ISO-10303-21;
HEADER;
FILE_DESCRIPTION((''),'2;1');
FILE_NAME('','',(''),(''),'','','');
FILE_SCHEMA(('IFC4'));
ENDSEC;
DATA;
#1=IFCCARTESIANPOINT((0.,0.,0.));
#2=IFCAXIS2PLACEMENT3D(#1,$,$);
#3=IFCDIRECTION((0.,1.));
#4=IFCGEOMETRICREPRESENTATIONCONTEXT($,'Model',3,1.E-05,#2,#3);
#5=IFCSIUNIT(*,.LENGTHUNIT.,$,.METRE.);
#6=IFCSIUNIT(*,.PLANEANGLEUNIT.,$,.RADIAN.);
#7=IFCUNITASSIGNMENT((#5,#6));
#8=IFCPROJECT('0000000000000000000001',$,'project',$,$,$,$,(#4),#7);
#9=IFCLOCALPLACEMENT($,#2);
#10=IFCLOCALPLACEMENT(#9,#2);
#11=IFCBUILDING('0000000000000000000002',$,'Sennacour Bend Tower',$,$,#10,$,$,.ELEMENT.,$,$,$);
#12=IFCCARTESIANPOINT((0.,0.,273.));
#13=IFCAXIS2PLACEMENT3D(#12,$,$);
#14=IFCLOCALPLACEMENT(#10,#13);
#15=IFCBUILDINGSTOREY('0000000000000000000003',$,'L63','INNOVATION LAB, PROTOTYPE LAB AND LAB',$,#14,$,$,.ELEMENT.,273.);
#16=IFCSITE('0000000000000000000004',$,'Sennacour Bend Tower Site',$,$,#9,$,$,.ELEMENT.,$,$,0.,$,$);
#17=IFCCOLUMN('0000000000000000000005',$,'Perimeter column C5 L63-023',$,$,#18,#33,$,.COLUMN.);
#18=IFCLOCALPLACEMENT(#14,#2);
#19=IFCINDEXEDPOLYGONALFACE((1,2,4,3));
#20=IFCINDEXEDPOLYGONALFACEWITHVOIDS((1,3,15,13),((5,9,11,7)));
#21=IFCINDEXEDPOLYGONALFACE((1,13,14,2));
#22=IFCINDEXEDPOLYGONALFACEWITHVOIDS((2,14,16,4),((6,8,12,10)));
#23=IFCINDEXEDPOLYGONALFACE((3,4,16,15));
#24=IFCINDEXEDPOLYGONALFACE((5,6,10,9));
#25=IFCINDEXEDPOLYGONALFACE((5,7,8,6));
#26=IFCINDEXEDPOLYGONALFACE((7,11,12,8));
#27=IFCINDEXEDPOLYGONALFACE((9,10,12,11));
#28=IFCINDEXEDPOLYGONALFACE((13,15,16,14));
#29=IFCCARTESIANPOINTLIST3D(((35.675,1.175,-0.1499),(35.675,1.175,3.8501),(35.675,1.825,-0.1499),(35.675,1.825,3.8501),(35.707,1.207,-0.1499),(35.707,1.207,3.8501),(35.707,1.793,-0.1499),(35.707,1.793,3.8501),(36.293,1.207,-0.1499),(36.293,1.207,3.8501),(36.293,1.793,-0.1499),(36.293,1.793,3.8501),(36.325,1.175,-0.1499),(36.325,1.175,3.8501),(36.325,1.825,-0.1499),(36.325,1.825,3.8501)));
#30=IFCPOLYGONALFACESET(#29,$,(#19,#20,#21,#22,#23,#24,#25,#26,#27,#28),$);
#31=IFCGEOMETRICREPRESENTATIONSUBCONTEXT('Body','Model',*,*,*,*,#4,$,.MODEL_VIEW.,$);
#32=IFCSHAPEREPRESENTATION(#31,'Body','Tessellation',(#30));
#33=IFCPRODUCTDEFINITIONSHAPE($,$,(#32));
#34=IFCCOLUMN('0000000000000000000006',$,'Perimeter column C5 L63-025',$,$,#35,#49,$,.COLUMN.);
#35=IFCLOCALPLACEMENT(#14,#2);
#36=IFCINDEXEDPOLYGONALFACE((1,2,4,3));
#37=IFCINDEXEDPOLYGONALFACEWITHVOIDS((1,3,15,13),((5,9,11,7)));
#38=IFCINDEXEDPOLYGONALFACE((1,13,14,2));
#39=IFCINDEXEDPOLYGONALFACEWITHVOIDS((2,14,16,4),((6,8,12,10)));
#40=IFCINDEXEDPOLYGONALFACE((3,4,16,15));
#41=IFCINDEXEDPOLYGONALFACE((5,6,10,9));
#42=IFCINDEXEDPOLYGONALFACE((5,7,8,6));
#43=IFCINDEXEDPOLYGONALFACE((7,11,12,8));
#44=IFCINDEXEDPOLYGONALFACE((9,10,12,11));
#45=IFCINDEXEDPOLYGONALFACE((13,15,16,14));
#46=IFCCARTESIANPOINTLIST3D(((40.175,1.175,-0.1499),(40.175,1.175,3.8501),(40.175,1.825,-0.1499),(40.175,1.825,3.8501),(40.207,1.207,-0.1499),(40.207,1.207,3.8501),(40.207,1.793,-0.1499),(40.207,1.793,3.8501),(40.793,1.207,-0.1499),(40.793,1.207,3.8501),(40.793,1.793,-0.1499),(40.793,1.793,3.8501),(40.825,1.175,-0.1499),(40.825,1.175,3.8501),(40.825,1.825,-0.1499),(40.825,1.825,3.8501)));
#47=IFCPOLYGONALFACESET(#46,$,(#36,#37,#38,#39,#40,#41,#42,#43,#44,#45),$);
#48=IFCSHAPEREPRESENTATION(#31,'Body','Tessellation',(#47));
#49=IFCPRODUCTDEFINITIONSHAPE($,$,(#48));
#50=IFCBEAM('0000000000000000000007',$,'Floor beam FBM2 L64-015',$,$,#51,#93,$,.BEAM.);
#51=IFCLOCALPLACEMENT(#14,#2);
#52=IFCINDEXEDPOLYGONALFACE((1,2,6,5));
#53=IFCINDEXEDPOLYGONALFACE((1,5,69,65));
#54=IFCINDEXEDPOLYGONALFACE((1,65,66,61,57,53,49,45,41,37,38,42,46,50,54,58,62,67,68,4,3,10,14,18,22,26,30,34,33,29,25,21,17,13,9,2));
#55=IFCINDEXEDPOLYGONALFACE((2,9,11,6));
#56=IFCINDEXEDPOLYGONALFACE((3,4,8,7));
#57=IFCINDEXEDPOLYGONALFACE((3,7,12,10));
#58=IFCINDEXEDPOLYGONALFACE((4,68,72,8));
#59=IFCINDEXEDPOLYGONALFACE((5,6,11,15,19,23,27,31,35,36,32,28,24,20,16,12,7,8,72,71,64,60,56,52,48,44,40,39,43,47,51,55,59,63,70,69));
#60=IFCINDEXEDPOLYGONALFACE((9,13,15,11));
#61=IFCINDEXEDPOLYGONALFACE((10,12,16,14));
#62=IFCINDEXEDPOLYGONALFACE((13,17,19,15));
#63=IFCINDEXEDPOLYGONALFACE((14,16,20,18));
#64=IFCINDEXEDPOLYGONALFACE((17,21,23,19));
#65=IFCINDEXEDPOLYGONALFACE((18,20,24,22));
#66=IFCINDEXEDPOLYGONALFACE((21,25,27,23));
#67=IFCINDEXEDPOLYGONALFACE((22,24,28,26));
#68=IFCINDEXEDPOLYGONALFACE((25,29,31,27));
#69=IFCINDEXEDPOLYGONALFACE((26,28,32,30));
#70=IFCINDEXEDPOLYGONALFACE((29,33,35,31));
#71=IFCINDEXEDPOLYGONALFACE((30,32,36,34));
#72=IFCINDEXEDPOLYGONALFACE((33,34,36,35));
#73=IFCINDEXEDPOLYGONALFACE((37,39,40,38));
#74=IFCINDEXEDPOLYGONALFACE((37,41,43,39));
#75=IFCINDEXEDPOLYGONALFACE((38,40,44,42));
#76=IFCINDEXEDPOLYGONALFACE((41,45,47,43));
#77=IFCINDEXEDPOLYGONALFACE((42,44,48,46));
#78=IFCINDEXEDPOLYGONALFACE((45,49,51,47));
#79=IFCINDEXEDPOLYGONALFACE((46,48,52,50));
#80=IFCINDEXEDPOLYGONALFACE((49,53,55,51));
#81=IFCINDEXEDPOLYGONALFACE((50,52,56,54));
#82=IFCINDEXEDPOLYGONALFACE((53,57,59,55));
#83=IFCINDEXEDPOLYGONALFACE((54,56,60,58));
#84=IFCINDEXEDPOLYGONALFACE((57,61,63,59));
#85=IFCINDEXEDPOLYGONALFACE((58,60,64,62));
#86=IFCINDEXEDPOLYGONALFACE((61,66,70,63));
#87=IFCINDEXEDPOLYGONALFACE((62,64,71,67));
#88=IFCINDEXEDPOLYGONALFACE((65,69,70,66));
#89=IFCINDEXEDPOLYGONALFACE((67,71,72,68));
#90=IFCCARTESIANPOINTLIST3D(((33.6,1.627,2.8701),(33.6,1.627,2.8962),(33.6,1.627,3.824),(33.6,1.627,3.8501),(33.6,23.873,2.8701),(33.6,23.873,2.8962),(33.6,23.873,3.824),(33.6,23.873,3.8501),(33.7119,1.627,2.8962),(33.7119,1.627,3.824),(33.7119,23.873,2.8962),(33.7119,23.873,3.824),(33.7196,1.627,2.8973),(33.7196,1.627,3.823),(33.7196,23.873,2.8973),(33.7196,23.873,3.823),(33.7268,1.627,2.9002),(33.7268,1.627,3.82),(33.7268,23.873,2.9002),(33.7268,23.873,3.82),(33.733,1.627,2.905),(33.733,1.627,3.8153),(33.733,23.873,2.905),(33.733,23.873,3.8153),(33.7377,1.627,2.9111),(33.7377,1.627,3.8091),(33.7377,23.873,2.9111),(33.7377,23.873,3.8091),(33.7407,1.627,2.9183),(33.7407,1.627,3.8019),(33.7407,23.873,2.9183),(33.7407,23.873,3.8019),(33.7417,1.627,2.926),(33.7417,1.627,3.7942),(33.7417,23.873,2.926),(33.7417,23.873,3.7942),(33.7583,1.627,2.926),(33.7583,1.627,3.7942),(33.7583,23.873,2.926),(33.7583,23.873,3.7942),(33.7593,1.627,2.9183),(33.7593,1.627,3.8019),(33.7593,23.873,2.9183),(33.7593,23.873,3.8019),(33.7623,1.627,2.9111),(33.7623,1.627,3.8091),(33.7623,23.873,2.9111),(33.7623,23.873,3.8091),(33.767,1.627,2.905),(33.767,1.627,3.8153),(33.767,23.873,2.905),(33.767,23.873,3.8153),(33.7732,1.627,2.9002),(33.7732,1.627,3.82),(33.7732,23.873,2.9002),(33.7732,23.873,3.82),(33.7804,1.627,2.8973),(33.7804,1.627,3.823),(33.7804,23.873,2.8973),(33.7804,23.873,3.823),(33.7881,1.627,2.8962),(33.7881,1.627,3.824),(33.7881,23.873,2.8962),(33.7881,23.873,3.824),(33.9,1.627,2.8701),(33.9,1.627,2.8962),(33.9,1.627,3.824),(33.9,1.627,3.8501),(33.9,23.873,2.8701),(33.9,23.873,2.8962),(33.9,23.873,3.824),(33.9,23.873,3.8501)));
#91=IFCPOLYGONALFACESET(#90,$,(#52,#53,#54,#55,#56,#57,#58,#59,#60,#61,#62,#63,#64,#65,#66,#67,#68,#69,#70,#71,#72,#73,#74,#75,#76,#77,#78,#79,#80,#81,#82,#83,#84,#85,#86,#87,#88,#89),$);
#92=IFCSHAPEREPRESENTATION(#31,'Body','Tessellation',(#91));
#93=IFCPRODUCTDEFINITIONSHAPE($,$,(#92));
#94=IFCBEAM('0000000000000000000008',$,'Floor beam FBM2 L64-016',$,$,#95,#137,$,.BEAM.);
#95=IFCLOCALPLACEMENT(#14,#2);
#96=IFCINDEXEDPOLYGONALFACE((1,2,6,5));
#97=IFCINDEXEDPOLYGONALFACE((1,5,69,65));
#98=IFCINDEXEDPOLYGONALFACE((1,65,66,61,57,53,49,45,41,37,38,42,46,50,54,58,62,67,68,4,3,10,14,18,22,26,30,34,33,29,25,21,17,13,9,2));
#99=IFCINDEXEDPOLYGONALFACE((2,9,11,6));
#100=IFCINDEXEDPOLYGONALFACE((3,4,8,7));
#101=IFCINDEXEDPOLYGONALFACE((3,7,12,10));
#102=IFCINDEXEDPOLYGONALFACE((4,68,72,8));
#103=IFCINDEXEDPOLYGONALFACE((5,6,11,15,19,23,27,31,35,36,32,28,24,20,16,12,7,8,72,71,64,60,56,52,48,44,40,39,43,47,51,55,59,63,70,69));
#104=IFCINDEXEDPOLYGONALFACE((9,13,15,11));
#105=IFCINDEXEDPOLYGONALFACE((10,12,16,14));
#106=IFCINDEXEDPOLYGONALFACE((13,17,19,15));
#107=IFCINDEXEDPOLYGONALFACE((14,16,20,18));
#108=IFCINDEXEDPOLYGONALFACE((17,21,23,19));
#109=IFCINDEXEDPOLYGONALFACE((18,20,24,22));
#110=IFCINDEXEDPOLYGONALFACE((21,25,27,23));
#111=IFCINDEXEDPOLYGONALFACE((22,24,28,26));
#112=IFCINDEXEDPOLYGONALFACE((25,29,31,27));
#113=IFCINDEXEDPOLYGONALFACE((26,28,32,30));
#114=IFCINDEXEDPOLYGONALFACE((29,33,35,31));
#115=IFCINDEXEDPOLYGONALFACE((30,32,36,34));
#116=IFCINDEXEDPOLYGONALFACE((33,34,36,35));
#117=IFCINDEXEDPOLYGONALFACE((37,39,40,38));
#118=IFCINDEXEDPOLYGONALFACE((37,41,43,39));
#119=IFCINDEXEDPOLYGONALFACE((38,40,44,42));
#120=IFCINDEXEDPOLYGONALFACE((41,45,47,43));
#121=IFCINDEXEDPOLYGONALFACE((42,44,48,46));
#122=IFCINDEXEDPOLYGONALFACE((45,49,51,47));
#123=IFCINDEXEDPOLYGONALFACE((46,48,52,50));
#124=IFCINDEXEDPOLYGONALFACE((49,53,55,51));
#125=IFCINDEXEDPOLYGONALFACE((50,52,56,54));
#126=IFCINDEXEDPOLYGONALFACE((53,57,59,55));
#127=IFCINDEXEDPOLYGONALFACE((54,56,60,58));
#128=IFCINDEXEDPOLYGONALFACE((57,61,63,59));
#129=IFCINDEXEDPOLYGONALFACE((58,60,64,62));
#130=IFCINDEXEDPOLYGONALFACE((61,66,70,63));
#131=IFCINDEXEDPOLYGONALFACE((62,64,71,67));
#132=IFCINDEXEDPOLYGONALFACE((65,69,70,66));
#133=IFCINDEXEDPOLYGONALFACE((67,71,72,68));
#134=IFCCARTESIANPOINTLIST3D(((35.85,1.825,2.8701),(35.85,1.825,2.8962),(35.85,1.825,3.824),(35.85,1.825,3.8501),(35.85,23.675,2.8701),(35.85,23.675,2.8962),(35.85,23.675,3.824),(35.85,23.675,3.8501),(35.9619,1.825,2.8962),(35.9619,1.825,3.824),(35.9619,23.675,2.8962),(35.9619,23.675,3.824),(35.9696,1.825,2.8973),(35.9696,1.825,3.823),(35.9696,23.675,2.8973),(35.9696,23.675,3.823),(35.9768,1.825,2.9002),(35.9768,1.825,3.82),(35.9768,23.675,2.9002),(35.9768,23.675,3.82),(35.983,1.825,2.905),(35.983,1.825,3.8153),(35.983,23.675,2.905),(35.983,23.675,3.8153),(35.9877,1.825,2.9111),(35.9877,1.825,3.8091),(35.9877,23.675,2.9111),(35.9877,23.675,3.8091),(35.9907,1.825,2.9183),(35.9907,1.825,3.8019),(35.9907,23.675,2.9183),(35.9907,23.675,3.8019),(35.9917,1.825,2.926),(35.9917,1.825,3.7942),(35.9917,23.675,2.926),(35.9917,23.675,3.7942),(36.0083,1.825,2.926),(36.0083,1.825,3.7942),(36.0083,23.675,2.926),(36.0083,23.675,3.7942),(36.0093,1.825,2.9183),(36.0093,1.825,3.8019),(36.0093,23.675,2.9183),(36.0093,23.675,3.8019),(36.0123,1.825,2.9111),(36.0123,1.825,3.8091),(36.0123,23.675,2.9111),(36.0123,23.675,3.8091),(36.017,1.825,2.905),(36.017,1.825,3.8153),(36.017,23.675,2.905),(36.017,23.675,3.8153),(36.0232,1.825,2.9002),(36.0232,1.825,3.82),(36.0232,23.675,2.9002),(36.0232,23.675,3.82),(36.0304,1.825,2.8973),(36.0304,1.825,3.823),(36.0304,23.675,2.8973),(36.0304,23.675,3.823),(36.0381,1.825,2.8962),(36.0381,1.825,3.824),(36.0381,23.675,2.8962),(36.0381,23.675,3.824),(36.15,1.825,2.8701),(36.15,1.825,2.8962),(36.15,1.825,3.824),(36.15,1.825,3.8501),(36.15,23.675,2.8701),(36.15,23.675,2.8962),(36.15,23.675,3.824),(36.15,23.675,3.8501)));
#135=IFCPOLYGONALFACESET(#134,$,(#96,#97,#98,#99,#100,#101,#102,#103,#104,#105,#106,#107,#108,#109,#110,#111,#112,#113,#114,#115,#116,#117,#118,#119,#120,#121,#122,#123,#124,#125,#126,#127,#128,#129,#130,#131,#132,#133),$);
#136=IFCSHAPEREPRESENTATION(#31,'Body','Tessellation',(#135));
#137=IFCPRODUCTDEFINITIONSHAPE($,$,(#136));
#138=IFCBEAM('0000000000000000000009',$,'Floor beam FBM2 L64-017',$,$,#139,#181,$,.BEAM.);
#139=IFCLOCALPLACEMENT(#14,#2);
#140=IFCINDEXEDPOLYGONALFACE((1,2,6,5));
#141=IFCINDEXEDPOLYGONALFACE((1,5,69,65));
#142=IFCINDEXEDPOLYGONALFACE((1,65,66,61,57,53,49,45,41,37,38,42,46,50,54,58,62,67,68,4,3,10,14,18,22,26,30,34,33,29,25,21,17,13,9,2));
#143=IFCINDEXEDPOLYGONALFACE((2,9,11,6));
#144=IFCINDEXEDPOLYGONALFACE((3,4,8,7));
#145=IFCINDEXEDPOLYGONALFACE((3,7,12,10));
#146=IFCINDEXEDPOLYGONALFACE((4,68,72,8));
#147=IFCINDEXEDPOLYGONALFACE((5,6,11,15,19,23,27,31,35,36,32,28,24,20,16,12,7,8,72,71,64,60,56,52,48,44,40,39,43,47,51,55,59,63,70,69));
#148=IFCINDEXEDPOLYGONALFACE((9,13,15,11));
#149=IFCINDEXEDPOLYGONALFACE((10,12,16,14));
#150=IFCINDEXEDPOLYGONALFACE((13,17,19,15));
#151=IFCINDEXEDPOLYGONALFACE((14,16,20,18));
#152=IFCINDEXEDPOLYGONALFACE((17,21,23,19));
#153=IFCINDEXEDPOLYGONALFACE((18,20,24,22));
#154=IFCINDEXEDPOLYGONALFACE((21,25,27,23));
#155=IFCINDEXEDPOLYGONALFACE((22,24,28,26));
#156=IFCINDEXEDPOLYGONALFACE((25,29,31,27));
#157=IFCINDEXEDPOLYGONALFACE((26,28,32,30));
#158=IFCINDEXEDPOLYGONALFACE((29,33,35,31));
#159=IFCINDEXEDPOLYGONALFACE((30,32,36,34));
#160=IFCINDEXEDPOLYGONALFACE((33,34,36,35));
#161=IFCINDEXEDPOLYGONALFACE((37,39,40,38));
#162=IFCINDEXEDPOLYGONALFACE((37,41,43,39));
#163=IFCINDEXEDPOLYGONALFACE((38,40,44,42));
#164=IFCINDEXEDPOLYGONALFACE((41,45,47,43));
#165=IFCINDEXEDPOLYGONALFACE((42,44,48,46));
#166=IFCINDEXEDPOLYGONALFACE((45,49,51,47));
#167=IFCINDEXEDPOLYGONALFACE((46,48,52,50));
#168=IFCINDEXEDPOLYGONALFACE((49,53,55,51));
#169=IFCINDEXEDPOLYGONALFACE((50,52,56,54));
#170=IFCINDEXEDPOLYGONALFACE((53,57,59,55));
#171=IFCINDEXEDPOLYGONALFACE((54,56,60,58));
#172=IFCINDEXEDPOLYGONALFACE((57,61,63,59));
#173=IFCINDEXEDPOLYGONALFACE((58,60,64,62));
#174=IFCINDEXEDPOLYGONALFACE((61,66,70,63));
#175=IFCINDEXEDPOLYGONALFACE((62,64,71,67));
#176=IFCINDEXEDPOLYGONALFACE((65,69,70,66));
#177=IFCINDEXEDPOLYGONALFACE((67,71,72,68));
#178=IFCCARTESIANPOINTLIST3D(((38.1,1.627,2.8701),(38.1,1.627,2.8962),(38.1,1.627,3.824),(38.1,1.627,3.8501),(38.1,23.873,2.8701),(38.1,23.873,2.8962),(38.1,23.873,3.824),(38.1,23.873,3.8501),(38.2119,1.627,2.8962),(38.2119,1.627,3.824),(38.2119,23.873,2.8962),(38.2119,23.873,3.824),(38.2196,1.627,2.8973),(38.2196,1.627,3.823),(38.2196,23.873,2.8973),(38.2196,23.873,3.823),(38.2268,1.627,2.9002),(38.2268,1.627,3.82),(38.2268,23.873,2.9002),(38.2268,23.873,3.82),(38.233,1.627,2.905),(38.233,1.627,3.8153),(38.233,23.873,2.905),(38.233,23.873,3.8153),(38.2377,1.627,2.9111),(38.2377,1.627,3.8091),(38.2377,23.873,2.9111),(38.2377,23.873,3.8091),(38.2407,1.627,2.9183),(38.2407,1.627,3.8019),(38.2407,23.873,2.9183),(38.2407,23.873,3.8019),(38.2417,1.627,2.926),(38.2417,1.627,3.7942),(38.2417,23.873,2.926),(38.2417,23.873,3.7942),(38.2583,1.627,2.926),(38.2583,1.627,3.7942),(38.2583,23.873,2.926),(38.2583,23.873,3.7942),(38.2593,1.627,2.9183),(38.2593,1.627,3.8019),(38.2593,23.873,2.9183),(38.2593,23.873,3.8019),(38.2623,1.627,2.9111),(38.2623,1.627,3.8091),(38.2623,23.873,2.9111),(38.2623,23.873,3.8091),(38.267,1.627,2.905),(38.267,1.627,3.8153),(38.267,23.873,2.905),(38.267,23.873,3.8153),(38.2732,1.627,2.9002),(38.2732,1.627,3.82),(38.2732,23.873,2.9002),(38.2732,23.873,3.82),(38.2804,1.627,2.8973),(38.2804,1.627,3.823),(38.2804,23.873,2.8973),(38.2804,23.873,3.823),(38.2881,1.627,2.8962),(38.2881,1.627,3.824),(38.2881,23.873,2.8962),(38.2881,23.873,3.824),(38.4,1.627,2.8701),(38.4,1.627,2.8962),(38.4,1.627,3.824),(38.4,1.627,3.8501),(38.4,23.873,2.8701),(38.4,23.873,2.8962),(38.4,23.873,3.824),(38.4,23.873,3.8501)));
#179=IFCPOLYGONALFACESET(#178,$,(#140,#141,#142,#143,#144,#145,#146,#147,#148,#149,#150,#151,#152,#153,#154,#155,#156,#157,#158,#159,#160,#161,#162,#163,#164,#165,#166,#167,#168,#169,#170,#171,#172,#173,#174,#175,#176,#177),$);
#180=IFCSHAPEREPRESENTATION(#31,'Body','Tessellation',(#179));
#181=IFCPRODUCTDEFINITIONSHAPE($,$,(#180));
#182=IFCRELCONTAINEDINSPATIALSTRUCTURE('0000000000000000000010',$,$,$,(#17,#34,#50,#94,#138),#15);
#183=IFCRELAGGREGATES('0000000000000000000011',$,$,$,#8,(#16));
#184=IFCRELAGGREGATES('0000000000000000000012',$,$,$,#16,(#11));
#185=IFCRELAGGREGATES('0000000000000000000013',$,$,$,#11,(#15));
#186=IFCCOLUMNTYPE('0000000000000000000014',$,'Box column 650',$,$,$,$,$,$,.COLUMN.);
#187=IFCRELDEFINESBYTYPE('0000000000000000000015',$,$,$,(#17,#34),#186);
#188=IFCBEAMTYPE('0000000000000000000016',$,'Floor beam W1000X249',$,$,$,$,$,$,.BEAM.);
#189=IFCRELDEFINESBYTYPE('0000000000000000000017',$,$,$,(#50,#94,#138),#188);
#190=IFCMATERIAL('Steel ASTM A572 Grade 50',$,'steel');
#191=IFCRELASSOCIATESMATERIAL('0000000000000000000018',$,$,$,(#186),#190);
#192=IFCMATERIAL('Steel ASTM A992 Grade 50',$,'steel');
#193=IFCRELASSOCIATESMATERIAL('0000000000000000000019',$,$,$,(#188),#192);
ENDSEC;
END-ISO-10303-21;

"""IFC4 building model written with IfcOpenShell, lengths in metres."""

from ifc_helpers import new_model, si_unit, direction, frame, origin, origin_2d, place, context, subcontext, project, spatial, hollow_rectangle, i_section, extrude, material, material_profile, profile_set, type_object, element, save


model = new_model("IFC4")

# Units and contexts
model_context = context("Model", 3, precision=1e-05, world=origin(), true_north=direction((0.0, 1.0)))
body_context = subcontext(model_context, "Body", "Model", "MODEL_VIEW")
ifc_project = project(units=[si_unit("LENGTHUNIT", "METRE"), si_unit("PLANEANGLEUNIT", "RADIAN")], contexts=[model_context])

# Site, building, storey
site_placement = place(None, origin())
site = spatial("IfcSite", under=ifc_project, at=site_placement, Name="Sennacour Bend Tower Site", CompositionType="ELEMENT", RefElevation=0.0)
building_placement = place(site_placement, origin())
building = spatial("IfcBuilding", under=site, at=building_placement, Name="Sennacour Bend Tower", CompositionType="ELEMENT")
storey_placement = place(building_placement, frame((0.0, 0.0, 273.0)))
storey = spatial("IfcBuildingStorey", under=building, at=storey_placement, Name="L63", Description="INNOVATION LAB, PROTOTYPE LAB AND LAB", CompositionType="ELEMENT", Elevation=273.0)

# Columns
ifc_material_1 = material(Name="Steel ASTM A572 Grade 50", Category="steel")
ifc_material_profile_1 = material_profile(ifc_material_1, hollow_rectangle(XDim=0.6499, YDim=0.6499, WallThickness=0.032, at=origin_2d()), Name="Steel ASTM A572 Grade 50", Category="steel")
ifc_profile_set_1 = profile_set([ifc_material_profile_1], Name="Steel ASTM A572 Grade 50")
column_type = type_object("IfcColumnType", Name="Box column 650", PredefinedType="COLUMN", material=ifc_profile_set_1)
for number, where, z_axis, x_axis, name in (
    (1, (36.0, 1.5, -0.1499), (0.0, 0.0, 1.0), (1.0, 0.0, 0.0), "Perimeter column C5 L63-023"),
    (2, (40.5, 1.5, -0.1499), (0.0, 0.0, 1.0), (1.0, 0.0, 0.0), "Perimeter column C5 L63-025"),
):
    element("IfcColumn", number, at=place(storey_placement, frame(where, z_axis=z_axis, x_axis=x_axis)), inside=storey, type_object=column_type, Name=name, PredefinedType="COLUMN", context=body_context, shape_type="SweptSolid", body=[
        extrude(hollow_rectangle(XDim=0.6499, YDim=0.6499, WallThickness=0.032, at=origin_2d()), origin(), (0.0, 0.0, 1.0), 4.0),
    ])

# Beams
ifc_material_2 = material(Name="Steel ASTM A992 Grade 50", Category="steel")
ifc_material_profile_2 = material_profile(ifc_material_2, i_section(OverallWidth=0.3, OverallDepth=0.98, WebThickness=0.0166, FlangeThickness=0.0261, FilletRadius=0.0298, at=origin_2d()), Name="Steel ASTM A992 Grade 50", Category="steel")
ifc_profile_set_2 = profile_set([ifc_material_profile_2], Name="Steel ASTM A992 Grade 50")
beam_type_1 = type_object("IfcBeamType", Name="Floor beam W1000X249", PredefinedType="BEAM", material=ifc_profile_set_2)
beam_1_placement = place(storey_placement, frame((33.75, 1.627, 3.3601), z_axis=(0.0, 1.0, 0.0), x_axis=(-1.0, 0.0, 0.0)))
element("IfcBeam", 3, at=beam_1_placement, inside=storey, type_object=beam_type_1, Name="Floor beam FBM2 L64-015", PredefinedType="BEAM", context=body_context, shape_type="SweptSolid", body=[
    extrude(i_section(OverallWidth=0.3, OverallDepth=0.98, WebThickness=0.0166, FlangeThickness=0.0261, FilletRadius=0.0298, at=origin_2d()), origin(), (0.0, 0.0, 1.0), 22.2461),
])
beam_2_placement = place(storey_placement, frame((36.0, 1.825, 3.3601), z_axis=(0.0, 1.0, 0.0), x_axis=(-1.0, 0.0, 0.0)))
element("IfcBeam", 4, at=beam_2_placement, inside=storey, type_object=beam_type_1, Name="Floor beam FBM2 L64-016", PredefinedType="BEAM", context=body_context, shape_type="SweptSolid", body=[
    extrude(i_section(OverallWidth=0.3, OverallDepth=0.98, WebThickness=0.0166, FlangeThickness=0.0261, FilletRadius=0.0298, at=origin_2d()), origin(), (0.0, 0.0, 1.0), 21.8501),
])
beam_3_placement = place(storey_placement, frame((38.25, 1.627, 3.3601), z_axis=(0.0, 1.0, 0.0), x_axis=(-1.0, 0.0, 0.0)))
element("IfcBeam", 5, at=beam_3_placement, inside=storey, type_object=beam_type_1, Name="Floor beam FBM2 L64-017", PredefinedType="BEAM", context=body_context, shape_type="SweptSolid", body=[
    extrude(i_section(OverallWidth=0.3, OverallDepth=0.98, WebThickness=0.0166, FlangeThickness=0.0261, FilletRadius=0.0298, at=origin_2d()), origin(), (0.0, 0.0, 1.0), 22.2461),
])

save(model, "model.ifc")
